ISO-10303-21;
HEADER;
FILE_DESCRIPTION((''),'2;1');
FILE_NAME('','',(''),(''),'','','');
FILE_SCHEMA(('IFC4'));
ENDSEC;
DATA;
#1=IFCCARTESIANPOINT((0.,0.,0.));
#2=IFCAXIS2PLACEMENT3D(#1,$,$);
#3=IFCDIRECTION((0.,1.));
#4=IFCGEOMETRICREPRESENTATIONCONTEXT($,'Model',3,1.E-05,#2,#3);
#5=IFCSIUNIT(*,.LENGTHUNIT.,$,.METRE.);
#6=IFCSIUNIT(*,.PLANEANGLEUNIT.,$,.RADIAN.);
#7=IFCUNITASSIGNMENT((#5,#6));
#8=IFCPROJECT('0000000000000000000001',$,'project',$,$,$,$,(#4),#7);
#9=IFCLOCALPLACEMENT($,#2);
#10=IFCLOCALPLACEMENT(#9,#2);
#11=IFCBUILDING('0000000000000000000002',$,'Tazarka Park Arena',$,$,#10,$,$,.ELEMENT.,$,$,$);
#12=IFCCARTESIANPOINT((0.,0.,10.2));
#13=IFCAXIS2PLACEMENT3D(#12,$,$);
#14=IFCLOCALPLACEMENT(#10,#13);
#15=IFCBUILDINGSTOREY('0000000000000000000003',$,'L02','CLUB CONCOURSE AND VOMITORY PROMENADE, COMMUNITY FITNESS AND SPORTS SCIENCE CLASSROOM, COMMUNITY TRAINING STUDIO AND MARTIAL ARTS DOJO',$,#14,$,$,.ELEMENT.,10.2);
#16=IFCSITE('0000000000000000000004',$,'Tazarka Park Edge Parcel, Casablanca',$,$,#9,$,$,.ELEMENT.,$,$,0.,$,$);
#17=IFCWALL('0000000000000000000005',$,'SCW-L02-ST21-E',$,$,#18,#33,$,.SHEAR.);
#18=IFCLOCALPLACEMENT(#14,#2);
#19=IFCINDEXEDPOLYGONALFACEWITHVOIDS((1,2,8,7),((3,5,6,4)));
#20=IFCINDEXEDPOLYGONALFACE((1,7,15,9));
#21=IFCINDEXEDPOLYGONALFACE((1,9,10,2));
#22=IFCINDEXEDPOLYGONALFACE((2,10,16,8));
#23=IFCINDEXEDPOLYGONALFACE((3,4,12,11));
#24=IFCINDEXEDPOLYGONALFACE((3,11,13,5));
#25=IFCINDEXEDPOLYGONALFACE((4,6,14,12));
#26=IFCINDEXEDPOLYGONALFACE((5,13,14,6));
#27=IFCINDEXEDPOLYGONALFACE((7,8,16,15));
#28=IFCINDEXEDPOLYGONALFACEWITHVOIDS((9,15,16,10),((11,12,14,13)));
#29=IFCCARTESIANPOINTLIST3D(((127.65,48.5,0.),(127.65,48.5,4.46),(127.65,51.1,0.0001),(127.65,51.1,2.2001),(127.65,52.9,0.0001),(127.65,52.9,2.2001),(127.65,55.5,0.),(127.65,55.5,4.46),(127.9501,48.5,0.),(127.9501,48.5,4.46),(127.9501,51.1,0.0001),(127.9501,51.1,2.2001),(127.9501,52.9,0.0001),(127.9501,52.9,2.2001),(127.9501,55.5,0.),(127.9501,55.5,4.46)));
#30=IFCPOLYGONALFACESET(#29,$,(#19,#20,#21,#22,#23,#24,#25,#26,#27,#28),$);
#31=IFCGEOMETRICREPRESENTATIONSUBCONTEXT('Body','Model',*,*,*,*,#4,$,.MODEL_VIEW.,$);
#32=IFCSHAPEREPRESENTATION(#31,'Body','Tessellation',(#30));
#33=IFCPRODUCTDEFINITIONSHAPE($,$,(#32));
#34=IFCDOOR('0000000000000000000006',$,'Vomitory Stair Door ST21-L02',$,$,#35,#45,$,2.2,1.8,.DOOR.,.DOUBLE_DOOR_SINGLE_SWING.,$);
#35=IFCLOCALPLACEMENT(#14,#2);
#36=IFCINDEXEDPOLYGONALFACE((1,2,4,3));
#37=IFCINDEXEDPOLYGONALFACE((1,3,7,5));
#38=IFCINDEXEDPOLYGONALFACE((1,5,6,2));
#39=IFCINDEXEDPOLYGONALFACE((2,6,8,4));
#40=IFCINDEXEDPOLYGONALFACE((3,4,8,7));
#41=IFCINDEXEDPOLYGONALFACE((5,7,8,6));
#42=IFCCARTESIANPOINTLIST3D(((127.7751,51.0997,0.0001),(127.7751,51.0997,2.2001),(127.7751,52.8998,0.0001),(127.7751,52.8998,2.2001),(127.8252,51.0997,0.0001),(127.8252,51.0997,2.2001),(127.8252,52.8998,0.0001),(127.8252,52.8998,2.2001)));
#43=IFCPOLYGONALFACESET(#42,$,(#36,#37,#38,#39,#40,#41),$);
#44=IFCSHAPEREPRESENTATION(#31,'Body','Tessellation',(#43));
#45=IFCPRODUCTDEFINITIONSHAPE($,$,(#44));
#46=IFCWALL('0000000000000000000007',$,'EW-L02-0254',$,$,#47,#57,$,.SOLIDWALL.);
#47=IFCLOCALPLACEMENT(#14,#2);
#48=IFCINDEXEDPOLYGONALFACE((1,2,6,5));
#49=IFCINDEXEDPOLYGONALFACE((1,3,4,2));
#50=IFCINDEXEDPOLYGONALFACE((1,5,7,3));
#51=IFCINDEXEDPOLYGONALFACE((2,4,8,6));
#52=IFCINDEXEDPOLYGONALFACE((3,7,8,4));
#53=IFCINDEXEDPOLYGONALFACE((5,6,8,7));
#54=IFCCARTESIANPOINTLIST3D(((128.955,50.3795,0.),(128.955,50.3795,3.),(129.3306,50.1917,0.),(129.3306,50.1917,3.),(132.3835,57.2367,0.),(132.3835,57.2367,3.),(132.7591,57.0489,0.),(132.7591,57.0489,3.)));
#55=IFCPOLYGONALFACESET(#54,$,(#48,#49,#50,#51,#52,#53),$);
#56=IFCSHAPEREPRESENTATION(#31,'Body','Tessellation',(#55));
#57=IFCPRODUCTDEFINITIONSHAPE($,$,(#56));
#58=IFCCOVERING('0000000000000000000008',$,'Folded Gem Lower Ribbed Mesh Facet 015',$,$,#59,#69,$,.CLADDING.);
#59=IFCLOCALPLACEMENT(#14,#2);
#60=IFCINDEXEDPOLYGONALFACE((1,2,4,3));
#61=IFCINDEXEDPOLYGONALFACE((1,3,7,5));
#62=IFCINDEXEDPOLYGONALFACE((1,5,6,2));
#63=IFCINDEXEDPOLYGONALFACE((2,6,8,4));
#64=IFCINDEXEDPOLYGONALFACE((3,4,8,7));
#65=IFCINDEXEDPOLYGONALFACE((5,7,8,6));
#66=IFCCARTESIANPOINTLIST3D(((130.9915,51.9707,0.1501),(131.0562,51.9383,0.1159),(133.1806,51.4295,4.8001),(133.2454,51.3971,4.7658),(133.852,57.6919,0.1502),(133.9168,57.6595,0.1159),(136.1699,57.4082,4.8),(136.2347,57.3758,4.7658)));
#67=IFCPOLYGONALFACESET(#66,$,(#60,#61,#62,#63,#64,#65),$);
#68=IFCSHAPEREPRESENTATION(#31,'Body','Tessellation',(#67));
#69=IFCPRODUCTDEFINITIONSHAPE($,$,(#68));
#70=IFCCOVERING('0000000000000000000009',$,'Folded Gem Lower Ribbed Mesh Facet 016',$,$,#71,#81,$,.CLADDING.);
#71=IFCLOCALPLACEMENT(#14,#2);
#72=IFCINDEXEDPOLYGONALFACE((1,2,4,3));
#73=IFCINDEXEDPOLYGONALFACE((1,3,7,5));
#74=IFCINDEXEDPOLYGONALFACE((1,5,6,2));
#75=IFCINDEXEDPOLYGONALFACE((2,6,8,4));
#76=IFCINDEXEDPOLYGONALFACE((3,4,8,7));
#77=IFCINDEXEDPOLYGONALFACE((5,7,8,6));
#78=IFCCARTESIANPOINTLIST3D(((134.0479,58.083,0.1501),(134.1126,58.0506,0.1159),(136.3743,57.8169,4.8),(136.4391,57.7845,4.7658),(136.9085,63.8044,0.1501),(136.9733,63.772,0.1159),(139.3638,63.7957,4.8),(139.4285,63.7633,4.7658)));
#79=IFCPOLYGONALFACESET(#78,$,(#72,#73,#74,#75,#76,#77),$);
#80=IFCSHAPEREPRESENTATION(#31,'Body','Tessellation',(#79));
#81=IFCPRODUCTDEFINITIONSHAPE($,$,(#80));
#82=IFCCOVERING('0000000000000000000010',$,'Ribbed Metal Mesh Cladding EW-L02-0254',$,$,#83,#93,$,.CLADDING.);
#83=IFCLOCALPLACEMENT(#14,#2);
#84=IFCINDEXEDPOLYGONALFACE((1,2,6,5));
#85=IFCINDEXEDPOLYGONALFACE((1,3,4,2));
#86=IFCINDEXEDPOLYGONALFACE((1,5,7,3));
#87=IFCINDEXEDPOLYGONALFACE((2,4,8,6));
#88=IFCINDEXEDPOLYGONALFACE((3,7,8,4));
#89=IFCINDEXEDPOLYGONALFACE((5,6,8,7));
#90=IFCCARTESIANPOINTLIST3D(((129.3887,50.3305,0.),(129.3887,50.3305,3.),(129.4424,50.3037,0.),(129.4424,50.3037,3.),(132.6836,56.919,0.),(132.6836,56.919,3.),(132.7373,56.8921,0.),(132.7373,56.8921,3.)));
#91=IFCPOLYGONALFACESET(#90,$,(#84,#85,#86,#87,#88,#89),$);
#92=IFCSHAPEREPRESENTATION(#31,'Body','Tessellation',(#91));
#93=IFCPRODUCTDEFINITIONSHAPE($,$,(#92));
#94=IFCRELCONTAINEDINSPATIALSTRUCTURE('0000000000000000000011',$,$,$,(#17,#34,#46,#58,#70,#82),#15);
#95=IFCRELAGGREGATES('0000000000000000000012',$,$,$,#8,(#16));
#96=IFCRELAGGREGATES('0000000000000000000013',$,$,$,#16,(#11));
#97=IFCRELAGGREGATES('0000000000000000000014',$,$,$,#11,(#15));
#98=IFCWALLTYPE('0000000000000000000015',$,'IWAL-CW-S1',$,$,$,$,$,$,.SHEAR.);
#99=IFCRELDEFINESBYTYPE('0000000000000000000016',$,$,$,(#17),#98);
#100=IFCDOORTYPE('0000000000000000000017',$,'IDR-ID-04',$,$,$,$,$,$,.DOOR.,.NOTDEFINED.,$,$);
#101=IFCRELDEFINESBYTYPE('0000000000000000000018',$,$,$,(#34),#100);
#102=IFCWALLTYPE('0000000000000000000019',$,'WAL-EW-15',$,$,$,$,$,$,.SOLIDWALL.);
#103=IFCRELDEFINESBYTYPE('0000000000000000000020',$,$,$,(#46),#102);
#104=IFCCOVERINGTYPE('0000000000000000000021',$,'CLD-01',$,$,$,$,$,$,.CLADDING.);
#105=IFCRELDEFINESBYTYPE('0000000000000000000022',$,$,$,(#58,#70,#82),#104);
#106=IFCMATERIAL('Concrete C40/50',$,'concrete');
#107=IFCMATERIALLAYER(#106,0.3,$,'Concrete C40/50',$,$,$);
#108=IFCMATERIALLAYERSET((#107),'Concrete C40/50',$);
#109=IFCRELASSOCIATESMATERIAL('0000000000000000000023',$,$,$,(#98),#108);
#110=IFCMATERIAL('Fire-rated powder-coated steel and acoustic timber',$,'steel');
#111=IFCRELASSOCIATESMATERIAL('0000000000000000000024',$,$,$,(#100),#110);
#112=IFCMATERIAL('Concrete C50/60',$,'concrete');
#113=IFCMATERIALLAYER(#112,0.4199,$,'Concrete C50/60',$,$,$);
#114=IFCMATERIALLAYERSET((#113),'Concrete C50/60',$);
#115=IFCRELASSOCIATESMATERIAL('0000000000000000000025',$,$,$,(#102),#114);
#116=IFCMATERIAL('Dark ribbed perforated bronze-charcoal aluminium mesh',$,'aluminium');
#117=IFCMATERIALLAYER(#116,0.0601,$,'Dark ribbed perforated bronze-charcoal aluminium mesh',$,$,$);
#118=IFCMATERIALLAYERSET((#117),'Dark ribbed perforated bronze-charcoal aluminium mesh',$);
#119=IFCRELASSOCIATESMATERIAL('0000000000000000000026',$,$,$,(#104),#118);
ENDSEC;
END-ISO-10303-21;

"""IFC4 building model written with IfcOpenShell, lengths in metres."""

from ifc_helpers import new_model, si_unit, direction, frame, frame_2d, origin, origin_2d, place, context, subcontext, project, spatial, polyline, rectangle, outline, extrude, material, layer, layer_set, type_object, element, fill, save


model = new_model("IFC4")

# Units and contexts
model_context = context("Model", 3, precision=1e-05, world=origin(), true_north=direction((0.0, 1.0)))
body_context = subcontext(model_context, "Body", "Model", "MODEL_VIEW")
ifc_project = project(units=[si_unit("LENGTHUNIT", "METRE"), si_unit("PLANEANGLEUNIT", "RADIAN")], contexts=[model_context])

# Site, building, storey
site_placement = place(None, origin())
site = spatial("IfcSite", under=ifc_project, at=site_placement, Name="Tazarka Park Edge Parcel, Casablanca", CompositionType="ELEMENT", RefElevation=0.0)
building_placement = place(site_placement, origin())
building = spatial("IfcBuilding", under=site, at=building_placement, Name="Tazarka Park Arena", CompositionType="ELEMENT")
storey_placement = place(building_placement, frame((0.0, 0.0, 10.2)))
storey = spatial("IfcBuildingStorey", under=building, at=storey_placement, Name="L02", Description="CLUB CONCOURSE AND VOMITORY PROMENADE, COMMUNITY FITNESS AND SPORTS SCIENCE CLASSROOM, COMMUNITY TRAINING STUDIO AND MARTIAL ARTS DOJO", CompositionType="ELEMENT", Elevation=10.2)

# Shared definitions
ifc_material_1 = material(Name="Concrete C40/50", Category="concrete")
ifc_layer_1 = layer(ifc_material_1, 0.3, Name="Concrete C40/50")
ifc_layer_set_1 = layer_set([ifc_layer_1], Name="Concrete C40/50")
wall_type_1 = type_object("IfcWallType", Name="IWAL-CW-S1", PredefinedType="SHEAR", material=ifc_layer_set_1)

# Wall, opening, door
wall_1_placement = place(storey_placement, frame((127.8, 55.5, 0.0), z_axis=(0.0, 0.0, 1.0), x_axis=(0.0, -1.0, 0.0)))
wall_1 = element("IfcWall", 1, at=wall_1_placement, inside=storey, type_object=wall_type_1, Name="SCW-L02-ST21-E", PredefinedType="SHEAR", context=body_context, shape_type="SweptSolid", body=[
    extrude(rectangle(XDim=7.0, YDim=0.3, at=frame_2d((3.5, 0.0))), origin(), (0.0, 0.0, 1.0), 4.46),
])
opening_placement = place(wall_1_placement, frame((2.6001, 0.0, 0.0)))
opening = element("IfcOpeningElement", 2, at=opening_placement, cuts=wall_1, PredefinedType="OPENING", context=body_context, shape_type="SweptSolid", body=[
    extrude(rectangle(XDim=1.8, YDim=2.2, at=frame_2d((0.8999, 1.1001))), frame((0.0, 0.1602, 0.0), z_axis=(0.0, -1.0, 0.0), x_axis=(1.0, 0.0, 0.0)), (0.0, 0.0, 1.0), 0.3201),
])
ifc_material_2 = material(Name="Fire-rated powder-coated steel and acoustic timber", Category="steel")
door_type = type_object("IfcDoorType", Name="IDR-ID-04", OperationType="NOTDEFINED", PredefinedType="DOOR", material=ifc_material_2)
door_placement = place(opening_placement, frame((1.8, 0.0, 0.0), z_axis=(0.0, 0.0, 1.0), x_axis=(-1.0, 0.0, 0.0)))
door = element("IfcDoor", 3, at=door_placement, inside=storey, type_object=door_type, Name="Vomitory Stair Door ST21-L02", OperationType="DOUBLE_DOOR_SINGLE_SWING", OverallHeight=2.2, OverallWidth=1.8, PredefinedType="DOOR", context=body_context, shape_type="SweptSolid", body=[
    extrude(rectangle(XDim=1.8, YDim=2.2, at=frame_2d((0.8999, 1.1001))), frame((0.0, 0.0249, 0.0), z_axis=(0.0, -1.0, 0.0), x_axis=(1.0, 0.0, 0.0)), (0.0, 0.0, 1.0), 0.05),
])
fill(opening, door)

# Wall
ifc_material_3 = material(Name="Concrete C50/60", Category="concrete")
ifc_layer_2 = layer(ifc_material_3, 0.4199, Name="Concrete C50/60")
ifc_layer_set_2 = layer_set([ifc_layer_2], Name="Concrete C50/60")
wall_type_2 = type_object("IfcWallType", Name="WAL-EW-15", PredefinedType="SOLIDWALL", material=ifc_layer_set_2)
wall_2_placement = place(storey_placement, frame((132.5713, 57.1428, 0.0), z_axis=(0.0, 0.0, 1.0), x_axis=(-0.447201, -0.894434, 0.0)))
element("IfcWall", 4, at=wall_2_placement, inside=storey, type_object=wall_type_2, Name="EW-L02-0254", PredefinedType="SOLIDWALL", context=body_context, shape_type="SweptSolid", body=[
    extrude(rectangle(XDim=7.6665, YDim=0.4199, at=frame_2d((3.8333, 0.0))), origin(), (0.0, 0.0, 1.0), 3.0),
])

# Coverings
ifc_material_4 = material(Name="Dark ribbed perforated bronze-charcoal aluminium mesh", Category="aluminium")
ifc_layer_3 = layer(ifc_material_4, 0.0601, Name="Dark ribbed perforated bronze-charcoal aluminium mesh")
ifc_layer_set_3 = layer_set([ifc_layer_3], Name="Dark ribbed perforated bronze-charcoal aluminium mesh")
covering_type = type_object("IfcCoveringType", Name="CLD-01", PredefinedType="CLADDING", material=ifc_layer_set_3)
covering_1_placement = place(storey_placement, frame((130.9915, 51.9707, 0.1501), z_axis=(-0.808498, 0.404241, 0.427691), x_axis=(0.447207, 0.89443, 0.000003)))
element("IfcCovering", 5, at=covering_1_placement, inside=storey, type_object=covering_type, Name="Folded Gem Lower Ribbed Mesh Facet 015", PredefinedType="CLADDING", context=body_context, shape_type="SweptSolid", body=[
    extrude(outline(polyline([(0.0, 0.0), (6.3965, 0.0), (7.1793, -5.1441), (0.4949, -5.1441), (0.0, 0.0)])), origin(), (0.0, 0.0, -1.0), 0.0801),
])
covering_2_placement = place(storey_placement, frame((134.0479, 58.083, 0.1501), z_axis=(-0.808506, 0.404253, 0.427664), x_axis=(0.447211, 0.894429, -0.000007)))
element("IfcCovering", 6, at=covering_2_placement, inside=storey, type_object=covering_type, Name="Folded Gem Lower Ribbed Mesh Facet 016", PredefinedType="CLADDING", context=body_context, shape_type="SweptSolid", body=[
    extrude(outline(polyline([(0.0, 0.0), (6.3967, 0.0), (7.4869, -5.1441), (0.8023, -5.144), (0.0, 0.0)])), origin(), (0.0, 0.0, -1.0), 0.0801),
])
covering_3_placement = place(storey_placement, frame((131.063, 53.6113, 0.0), z_axis=(0.0, 0.0, 1.0), x_axis=(-0.447291, -0.894389, 0.0)))
element("IfcCovering", 7, at=covering_3_placement, inside=storey, type_object=covering_type, Name="Ribbed Metal Mesh Cladding EW-L02-0254", PredefinedType="CLADDING", context=body_context, shape_type="SweptSolid", body=[
    extrude(rectangle(XDim=7.3665, YDim=0.0601, at=origin_2d()), origin(), (0.0, 0.0, 1.0), 3.0),
])

save(model, "model.ifc")
